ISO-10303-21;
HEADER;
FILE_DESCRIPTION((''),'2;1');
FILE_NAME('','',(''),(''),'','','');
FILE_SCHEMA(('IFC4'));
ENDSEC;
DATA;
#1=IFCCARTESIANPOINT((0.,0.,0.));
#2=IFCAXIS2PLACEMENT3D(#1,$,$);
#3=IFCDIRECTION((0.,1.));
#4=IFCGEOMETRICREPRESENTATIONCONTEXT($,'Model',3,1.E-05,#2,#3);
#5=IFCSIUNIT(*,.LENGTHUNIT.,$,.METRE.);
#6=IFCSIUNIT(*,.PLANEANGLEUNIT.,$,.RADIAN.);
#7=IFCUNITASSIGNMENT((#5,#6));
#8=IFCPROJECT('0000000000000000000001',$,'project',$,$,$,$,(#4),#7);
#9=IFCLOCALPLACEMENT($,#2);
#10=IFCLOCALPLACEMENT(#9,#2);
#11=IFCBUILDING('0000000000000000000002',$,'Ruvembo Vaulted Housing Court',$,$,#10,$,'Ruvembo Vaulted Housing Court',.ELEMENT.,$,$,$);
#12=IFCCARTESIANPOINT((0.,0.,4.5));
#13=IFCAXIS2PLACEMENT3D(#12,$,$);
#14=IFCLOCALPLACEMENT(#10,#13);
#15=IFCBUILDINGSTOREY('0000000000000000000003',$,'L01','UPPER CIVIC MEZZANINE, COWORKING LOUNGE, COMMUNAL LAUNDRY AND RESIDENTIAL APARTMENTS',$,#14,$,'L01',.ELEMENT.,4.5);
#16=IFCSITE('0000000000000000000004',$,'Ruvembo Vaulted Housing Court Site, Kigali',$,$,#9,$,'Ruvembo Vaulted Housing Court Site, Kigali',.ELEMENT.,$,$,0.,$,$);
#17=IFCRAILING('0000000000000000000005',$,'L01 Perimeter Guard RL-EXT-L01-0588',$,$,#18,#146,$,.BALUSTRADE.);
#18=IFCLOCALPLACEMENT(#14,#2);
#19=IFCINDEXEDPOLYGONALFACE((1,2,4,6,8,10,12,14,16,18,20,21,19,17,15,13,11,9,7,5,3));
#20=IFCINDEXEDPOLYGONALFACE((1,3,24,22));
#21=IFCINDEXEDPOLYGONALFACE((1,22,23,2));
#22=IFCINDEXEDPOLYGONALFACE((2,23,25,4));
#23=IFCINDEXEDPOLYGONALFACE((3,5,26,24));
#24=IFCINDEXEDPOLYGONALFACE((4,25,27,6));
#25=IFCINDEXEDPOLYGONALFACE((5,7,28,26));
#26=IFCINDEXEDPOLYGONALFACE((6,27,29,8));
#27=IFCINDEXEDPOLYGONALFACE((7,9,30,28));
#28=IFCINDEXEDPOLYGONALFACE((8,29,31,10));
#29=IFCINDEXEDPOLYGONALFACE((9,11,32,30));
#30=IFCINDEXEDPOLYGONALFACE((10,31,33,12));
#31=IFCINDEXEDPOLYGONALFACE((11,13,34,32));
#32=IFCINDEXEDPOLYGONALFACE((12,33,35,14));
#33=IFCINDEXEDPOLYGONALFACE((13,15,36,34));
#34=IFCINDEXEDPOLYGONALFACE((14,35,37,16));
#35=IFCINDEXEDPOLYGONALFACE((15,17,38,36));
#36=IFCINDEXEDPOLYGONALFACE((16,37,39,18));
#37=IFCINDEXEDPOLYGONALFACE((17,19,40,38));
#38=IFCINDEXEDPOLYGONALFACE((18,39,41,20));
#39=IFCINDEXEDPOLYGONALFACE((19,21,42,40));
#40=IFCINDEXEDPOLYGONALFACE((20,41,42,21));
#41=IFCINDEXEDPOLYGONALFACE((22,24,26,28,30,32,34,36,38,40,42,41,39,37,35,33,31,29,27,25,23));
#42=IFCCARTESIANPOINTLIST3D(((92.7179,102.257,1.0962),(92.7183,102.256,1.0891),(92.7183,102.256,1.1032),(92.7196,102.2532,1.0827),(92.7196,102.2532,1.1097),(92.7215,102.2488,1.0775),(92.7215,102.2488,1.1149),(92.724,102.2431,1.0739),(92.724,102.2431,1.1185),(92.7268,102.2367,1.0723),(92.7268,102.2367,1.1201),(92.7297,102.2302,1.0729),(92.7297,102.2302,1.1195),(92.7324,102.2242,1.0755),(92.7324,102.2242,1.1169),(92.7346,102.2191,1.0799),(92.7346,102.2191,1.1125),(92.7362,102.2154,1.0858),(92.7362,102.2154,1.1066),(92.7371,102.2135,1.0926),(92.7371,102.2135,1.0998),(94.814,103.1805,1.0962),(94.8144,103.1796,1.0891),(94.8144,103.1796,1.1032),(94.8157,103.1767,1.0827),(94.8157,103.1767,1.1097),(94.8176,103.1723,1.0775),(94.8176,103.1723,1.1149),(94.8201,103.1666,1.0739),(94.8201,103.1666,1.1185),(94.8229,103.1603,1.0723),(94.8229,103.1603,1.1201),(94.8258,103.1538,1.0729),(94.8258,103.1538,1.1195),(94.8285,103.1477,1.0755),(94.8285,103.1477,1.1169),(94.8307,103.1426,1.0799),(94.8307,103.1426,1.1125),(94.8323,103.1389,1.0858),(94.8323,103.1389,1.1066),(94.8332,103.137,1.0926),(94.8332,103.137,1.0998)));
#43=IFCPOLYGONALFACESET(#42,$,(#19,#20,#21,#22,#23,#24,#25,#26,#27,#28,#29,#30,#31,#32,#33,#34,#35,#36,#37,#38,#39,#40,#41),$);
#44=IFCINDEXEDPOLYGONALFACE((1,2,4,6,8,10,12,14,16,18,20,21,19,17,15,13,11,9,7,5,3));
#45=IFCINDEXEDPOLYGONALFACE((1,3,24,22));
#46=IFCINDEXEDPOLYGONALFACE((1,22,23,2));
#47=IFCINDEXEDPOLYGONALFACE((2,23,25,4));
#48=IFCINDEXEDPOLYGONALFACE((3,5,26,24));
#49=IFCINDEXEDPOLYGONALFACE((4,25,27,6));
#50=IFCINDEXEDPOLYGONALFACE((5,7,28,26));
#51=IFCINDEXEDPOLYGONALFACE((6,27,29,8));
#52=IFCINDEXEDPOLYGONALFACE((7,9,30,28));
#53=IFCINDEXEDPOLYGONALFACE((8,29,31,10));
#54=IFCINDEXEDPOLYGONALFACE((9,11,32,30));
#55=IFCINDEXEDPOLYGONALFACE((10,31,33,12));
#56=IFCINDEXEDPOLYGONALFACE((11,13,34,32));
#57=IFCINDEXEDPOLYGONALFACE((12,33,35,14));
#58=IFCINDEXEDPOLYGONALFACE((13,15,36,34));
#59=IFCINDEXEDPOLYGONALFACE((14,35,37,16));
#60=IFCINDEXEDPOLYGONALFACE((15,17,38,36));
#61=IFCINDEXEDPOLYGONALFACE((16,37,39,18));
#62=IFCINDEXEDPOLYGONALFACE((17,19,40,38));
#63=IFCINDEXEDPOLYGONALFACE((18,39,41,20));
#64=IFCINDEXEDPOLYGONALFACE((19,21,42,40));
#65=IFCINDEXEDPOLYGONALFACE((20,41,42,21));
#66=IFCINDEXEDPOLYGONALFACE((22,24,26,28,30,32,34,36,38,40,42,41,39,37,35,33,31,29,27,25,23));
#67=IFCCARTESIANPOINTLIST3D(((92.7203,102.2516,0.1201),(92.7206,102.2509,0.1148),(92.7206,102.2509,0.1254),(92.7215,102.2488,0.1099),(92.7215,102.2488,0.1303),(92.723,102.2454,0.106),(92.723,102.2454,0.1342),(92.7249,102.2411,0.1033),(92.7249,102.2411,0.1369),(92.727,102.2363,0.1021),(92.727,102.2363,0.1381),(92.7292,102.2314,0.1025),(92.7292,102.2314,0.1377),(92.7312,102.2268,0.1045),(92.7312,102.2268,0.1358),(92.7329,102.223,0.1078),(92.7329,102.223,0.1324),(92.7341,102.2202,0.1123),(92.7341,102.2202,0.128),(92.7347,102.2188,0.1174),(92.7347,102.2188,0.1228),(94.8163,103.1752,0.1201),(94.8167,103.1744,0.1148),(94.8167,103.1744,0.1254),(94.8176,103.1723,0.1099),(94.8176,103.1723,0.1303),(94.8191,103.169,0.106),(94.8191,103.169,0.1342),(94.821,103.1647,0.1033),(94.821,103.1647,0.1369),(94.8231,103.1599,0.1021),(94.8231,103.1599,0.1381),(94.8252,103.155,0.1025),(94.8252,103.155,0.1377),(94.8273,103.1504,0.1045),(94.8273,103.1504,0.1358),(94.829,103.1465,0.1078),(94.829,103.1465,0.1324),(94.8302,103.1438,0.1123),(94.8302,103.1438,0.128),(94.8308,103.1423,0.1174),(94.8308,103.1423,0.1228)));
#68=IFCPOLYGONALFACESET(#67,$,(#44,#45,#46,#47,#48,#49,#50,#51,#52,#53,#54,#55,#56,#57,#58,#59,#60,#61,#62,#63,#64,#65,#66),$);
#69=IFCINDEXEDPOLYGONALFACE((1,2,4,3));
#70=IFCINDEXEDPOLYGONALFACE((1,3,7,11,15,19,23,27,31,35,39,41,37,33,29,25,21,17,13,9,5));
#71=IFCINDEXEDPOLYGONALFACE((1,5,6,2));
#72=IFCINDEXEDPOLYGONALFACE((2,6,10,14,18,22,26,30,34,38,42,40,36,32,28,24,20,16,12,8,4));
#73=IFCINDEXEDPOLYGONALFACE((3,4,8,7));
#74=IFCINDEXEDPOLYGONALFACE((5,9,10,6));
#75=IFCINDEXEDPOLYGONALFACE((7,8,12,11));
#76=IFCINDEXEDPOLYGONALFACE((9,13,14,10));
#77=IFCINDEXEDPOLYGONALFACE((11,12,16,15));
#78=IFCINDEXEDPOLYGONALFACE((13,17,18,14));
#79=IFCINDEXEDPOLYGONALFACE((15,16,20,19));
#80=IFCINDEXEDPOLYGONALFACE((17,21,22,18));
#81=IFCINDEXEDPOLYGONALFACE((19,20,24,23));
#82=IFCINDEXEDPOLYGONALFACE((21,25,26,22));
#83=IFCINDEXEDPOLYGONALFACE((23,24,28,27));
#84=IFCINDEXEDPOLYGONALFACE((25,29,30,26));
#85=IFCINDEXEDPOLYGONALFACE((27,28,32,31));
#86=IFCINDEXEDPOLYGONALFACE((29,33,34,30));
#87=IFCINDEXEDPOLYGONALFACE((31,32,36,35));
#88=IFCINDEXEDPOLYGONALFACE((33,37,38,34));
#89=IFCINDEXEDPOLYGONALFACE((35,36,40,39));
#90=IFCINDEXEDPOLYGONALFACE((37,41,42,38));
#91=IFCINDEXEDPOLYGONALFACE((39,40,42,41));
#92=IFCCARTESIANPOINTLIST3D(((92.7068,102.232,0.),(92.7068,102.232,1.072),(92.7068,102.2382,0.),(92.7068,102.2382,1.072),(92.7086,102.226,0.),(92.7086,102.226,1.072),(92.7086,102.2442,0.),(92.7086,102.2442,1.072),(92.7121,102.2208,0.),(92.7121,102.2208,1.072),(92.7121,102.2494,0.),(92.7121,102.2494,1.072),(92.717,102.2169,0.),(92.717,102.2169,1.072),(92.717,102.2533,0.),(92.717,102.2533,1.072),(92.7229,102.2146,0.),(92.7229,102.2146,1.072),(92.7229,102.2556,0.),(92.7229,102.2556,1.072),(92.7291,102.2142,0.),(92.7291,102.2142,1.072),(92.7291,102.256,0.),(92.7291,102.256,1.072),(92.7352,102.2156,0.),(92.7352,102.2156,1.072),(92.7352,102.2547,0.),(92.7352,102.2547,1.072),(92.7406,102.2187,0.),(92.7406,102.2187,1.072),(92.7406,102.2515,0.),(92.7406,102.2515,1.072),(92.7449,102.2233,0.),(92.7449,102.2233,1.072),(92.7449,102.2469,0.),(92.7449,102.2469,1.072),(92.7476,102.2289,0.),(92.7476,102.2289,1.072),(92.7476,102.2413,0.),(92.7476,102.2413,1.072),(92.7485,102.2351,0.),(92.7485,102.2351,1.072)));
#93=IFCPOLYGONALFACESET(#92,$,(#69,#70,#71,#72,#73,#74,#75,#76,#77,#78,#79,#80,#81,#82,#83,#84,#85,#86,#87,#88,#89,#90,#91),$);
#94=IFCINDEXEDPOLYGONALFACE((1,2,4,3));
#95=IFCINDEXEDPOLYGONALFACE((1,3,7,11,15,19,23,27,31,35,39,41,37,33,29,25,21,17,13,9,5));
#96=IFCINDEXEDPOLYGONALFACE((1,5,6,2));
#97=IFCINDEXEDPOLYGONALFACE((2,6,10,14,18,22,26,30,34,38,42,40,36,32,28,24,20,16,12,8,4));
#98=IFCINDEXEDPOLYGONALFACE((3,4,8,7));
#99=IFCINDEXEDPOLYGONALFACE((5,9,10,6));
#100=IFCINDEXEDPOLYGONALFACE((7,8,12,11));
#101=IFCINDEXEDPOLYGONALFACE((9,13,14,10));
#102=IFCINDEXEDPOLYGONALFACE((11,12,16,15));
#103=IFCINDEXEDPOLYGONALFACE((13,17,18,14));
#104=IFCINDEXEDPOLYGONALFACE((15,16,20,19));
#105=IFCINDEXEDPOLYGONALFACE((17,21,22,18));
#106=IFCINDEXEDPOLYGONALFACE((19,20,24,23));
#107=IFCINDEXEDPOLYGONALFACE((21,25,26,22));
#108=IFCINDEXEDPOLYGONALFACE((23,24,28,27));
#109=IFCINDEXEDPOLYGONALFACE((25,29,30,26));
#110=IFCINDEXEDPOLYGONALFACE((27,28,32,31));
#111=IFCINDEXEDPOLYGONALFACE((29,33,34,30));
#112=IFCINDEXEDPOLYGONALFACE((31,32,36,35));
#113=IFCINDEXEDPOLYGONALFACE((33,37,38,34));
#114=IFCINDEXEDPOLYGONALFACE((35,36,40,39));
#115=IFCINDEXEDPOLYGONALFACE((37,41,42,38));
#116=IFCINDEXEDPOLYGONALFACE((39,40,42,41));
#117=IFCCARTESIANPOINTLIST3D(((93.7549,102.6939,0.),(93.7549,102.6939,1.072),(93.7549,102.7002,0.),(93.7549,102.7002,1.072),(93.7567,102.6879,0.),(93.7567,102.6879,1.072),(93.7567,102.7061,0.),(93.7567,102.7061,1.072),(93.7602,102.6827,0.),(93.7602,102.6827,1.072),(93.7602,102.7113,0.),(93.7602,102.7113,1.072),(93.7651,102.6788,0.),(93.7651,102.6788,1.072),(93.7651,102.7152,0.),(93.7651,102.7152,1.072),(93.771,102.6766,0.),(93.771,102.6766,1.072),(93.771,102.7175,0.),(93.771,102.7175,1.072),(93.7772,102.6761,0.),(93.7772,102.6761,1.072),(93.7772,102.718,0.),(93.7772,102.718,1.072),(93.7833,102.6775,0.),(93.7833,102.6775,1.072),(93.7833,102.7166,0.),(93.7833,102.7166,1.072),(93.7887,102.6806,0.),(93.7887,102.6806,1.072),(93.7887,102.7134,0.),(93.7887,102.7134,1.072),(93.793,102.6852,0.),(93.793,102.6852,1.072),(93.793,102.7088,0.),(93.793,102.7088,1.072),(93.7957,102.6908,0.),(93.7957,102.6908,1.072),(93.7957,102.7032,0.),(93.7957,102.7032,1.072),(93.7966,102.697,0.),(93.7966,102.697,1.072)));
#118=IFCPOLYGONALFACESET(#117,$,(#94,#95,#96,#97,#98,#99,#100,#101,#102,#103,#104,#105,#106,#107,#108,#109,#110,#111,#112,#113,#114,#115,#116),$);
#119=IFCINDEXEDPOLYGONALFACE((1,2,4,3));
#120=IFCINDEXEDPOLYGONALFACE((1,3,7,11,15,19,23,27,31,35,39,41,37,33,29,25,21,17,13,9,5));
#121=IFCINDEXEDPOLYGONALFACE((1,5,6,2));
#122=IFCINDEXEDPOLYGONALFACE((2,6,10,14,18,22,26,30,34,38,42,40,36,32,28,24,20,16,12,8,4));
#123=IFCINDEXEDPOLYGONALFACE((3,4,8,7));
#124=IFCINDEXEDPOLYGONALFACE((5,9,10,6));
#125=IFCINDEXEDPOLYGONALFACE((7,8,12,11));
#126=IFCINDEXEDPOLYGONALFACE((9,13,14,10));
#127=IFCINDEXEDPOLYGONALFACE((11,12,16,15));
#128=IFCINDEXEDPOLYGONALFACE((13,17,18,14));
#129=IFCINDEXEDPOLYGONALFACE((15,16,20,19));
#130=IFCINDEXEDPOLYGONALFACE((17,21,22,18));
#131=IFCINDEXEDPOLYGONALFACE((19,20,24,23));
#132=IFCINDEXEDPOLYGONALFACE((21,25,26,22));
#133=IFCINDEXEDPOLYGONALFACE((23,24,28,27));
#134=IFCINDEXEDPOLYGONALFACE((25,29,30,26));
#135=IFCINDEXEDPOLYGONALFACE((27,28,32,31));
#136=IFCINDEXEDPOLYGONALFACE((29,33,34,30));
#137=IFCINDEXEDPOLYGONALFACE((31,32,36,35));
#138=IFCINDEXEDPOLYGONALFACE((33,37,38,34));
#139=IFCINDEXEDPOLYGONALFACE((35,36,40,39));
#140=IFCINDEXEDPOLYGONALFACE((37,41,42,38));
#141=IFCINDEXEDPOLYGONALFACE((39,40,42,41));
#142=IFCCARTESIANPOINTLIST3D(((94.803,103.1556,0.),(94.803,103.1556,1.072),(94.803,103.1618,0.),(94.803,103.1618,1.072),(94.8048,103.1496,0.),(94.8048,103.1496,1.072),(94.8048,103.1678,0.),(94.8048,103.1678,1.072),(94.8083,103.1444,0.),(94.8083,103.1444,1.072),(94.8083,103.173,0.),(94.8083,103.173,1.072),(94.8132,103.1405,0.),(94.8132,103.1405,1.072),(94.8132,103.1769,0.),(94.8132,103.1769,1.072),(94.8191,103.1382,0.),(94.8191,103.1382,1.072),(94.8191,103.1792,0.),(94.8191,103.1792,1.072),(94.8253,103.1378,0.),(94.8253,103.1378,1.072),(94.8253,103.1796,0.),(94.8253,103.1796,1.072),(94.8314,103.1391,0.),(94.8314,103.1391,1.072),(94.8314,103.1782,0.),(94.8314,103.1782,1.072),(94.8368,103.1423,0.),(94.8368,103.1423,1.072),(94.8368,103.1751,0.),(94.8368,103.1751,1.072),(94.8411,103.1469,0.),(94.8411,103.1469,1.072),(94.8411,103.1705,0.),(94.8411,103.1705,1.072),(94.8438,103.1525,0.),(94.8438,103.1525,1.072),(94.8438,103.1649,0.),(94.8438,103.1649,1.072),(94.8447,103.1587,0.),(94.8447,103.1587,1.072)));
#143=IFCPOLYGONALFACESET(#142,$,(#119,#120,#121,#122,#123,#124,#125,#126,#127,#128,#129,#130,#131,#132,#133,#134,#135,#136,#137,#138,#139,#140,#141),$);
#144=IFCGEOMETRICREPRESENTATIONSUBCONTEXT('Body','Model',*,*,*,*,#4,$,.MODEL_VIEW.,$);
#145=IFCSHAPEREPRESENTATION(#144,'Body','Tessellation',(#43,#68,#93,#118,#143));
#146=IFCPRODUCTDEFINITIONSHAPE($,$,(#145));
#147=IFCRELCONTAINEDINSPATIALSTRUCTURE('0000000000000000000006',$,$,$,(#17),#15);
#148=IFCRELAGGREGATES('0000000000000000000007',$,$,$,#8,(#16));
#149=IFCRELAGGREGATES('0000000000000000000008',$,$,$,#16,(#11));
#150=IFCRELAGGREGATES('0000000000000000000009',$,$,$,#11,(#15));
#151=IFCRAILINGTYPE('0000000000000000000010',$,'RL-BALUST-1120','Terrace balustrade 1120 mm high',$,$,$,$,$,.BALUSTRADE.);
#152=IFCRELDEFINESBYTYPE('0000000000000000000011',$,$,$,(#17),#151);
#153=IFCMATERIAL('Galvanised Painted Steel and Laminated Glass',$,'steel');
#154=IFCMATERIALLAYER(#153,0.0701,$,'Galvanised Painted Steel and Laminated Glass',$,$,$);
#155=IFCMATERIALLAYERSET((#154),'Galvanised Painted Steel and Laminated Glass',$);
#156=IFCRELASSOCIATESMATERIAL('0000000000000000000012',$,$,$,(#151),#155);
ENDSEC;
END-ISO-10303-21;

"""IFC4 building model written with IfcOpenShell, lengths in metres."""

from ifc_helpers import new_model, si_unit, direction, frame, origin, origin_2d, place, context, subcontext, project, spatial, circle, extrude, material, layer, layer_set, type_object, element, save


model = new_model("IFC4")

# Units and contexts
model_context = context("Model", 3, precision=1e-05, world=origin(), true_north=direction((0.0, 1.0)))
body_context = subcontext(model_context, "Body", "Model", "MODEL_VIEW")
ifc_project = project(units=[si_unit("LENGTHUNIT", "METRE"), si_unit("PLANEANGLEUNIT", "RADIAN")], contexts=[model_context])

# Site, building, storey
site_placement = place(None, origin())
site = spatial("IfcSite", under=ifc_project, at=site_placement, Name="Ruvembo Vaulted Housing Court Site, Kigali", LongName="Ruvembo Vaulted Housing Court Site, Kigali", CompositionType="ELEMENT", RefElevation=0.0)
building_placement = place(site_placement, origin())
building = spatial("IfcBuilding", under=site, at=building_placement, Name="Ruvembo Vaulted Housing Court", LongName="Ruvembo Vaulted Housing Court", CompositionType="ELEMENT")
storey_placement = place(building_placement, frame((0.0, 0.0, 4.5)))
storey = spatial("IfcBuildingStorey", under=building, at=storey_placement, Name="L01", Description="UPPER CIVIC MEZZANINE, COWORKING LOUNGE, COMMUNAL LAUNDRY AND RESIDENTIAL APARTMENTS", LongName="L01", CompositionType="ELEMENT", Elevation=4.5)

# Railing
ifc_material_1 = material(Name="Galvanised Painted Steel and Laminated Glass", Category="steel")
ifc_layer_1 = layer(ifc_material_1, 0.0701, Name="Galvanised Painted Steel and Laminated Glass")
ifc_layer_set_1 = layer_set([ifc_layer_1], Name="Galvanised Painted Steel and Laminated Glass")
railing_type = type_object("IfcRailingType", Name="RL-BALUST-1120", Description="Terrace balustrade 1120 mm high", PredefinedType="BALUSTRADE", material=ifc_layer_set_1)
railing_1_placement = place(storey_placement, frame((92.7275, 102.2351, 0.0)))
element("IfcRailing", 1, at=railing_1_placement, inside=storey, type_object=railing_type, Name="L01 Perimeter Guard RL-EXT-L01-0588", PredefinedType="BALUSTRADE", context=body_context, shape_type="SweptSolid", body=[
    extrude(circle(Radius=0.0239, at=origin_2d()), frame((0.0, 0.0, 1.0962), z_axis=(0.915112, 0.403199, 0.0), x_axis=(-0.403199, 0.915112, 0.0)), (0.0, 0.0, 1.0), 2.2905),
    extrude(circle(Radius=0.0181, at=origin_2d()), frame((0.0, 0.0, 0.1201), z_axis=(0.915112, 0.403199, 0.0), x_axis=(-0.403199, 0.915112, 0.0)), (0.0, 0.0, 1.0), 2.2905),
    extrude(circle(Radius=0.021, at=origin_2d()), origin(), (0.0, 0.0, 1.0), 1.072),
    extrude(circle(Radius=0.021, at=origin_2d()), frame((1.0481, 0.4619, 0.0)), (0.0, 0.0, 1.0), 1.072),
    extrude(circle(Radius=0.021, at=origin_2d()), frame((2.0962, 0.9236, 0.0)), (0.0, 0.0, 1.0), 1.072),
])

save(model, "model.ifc")
